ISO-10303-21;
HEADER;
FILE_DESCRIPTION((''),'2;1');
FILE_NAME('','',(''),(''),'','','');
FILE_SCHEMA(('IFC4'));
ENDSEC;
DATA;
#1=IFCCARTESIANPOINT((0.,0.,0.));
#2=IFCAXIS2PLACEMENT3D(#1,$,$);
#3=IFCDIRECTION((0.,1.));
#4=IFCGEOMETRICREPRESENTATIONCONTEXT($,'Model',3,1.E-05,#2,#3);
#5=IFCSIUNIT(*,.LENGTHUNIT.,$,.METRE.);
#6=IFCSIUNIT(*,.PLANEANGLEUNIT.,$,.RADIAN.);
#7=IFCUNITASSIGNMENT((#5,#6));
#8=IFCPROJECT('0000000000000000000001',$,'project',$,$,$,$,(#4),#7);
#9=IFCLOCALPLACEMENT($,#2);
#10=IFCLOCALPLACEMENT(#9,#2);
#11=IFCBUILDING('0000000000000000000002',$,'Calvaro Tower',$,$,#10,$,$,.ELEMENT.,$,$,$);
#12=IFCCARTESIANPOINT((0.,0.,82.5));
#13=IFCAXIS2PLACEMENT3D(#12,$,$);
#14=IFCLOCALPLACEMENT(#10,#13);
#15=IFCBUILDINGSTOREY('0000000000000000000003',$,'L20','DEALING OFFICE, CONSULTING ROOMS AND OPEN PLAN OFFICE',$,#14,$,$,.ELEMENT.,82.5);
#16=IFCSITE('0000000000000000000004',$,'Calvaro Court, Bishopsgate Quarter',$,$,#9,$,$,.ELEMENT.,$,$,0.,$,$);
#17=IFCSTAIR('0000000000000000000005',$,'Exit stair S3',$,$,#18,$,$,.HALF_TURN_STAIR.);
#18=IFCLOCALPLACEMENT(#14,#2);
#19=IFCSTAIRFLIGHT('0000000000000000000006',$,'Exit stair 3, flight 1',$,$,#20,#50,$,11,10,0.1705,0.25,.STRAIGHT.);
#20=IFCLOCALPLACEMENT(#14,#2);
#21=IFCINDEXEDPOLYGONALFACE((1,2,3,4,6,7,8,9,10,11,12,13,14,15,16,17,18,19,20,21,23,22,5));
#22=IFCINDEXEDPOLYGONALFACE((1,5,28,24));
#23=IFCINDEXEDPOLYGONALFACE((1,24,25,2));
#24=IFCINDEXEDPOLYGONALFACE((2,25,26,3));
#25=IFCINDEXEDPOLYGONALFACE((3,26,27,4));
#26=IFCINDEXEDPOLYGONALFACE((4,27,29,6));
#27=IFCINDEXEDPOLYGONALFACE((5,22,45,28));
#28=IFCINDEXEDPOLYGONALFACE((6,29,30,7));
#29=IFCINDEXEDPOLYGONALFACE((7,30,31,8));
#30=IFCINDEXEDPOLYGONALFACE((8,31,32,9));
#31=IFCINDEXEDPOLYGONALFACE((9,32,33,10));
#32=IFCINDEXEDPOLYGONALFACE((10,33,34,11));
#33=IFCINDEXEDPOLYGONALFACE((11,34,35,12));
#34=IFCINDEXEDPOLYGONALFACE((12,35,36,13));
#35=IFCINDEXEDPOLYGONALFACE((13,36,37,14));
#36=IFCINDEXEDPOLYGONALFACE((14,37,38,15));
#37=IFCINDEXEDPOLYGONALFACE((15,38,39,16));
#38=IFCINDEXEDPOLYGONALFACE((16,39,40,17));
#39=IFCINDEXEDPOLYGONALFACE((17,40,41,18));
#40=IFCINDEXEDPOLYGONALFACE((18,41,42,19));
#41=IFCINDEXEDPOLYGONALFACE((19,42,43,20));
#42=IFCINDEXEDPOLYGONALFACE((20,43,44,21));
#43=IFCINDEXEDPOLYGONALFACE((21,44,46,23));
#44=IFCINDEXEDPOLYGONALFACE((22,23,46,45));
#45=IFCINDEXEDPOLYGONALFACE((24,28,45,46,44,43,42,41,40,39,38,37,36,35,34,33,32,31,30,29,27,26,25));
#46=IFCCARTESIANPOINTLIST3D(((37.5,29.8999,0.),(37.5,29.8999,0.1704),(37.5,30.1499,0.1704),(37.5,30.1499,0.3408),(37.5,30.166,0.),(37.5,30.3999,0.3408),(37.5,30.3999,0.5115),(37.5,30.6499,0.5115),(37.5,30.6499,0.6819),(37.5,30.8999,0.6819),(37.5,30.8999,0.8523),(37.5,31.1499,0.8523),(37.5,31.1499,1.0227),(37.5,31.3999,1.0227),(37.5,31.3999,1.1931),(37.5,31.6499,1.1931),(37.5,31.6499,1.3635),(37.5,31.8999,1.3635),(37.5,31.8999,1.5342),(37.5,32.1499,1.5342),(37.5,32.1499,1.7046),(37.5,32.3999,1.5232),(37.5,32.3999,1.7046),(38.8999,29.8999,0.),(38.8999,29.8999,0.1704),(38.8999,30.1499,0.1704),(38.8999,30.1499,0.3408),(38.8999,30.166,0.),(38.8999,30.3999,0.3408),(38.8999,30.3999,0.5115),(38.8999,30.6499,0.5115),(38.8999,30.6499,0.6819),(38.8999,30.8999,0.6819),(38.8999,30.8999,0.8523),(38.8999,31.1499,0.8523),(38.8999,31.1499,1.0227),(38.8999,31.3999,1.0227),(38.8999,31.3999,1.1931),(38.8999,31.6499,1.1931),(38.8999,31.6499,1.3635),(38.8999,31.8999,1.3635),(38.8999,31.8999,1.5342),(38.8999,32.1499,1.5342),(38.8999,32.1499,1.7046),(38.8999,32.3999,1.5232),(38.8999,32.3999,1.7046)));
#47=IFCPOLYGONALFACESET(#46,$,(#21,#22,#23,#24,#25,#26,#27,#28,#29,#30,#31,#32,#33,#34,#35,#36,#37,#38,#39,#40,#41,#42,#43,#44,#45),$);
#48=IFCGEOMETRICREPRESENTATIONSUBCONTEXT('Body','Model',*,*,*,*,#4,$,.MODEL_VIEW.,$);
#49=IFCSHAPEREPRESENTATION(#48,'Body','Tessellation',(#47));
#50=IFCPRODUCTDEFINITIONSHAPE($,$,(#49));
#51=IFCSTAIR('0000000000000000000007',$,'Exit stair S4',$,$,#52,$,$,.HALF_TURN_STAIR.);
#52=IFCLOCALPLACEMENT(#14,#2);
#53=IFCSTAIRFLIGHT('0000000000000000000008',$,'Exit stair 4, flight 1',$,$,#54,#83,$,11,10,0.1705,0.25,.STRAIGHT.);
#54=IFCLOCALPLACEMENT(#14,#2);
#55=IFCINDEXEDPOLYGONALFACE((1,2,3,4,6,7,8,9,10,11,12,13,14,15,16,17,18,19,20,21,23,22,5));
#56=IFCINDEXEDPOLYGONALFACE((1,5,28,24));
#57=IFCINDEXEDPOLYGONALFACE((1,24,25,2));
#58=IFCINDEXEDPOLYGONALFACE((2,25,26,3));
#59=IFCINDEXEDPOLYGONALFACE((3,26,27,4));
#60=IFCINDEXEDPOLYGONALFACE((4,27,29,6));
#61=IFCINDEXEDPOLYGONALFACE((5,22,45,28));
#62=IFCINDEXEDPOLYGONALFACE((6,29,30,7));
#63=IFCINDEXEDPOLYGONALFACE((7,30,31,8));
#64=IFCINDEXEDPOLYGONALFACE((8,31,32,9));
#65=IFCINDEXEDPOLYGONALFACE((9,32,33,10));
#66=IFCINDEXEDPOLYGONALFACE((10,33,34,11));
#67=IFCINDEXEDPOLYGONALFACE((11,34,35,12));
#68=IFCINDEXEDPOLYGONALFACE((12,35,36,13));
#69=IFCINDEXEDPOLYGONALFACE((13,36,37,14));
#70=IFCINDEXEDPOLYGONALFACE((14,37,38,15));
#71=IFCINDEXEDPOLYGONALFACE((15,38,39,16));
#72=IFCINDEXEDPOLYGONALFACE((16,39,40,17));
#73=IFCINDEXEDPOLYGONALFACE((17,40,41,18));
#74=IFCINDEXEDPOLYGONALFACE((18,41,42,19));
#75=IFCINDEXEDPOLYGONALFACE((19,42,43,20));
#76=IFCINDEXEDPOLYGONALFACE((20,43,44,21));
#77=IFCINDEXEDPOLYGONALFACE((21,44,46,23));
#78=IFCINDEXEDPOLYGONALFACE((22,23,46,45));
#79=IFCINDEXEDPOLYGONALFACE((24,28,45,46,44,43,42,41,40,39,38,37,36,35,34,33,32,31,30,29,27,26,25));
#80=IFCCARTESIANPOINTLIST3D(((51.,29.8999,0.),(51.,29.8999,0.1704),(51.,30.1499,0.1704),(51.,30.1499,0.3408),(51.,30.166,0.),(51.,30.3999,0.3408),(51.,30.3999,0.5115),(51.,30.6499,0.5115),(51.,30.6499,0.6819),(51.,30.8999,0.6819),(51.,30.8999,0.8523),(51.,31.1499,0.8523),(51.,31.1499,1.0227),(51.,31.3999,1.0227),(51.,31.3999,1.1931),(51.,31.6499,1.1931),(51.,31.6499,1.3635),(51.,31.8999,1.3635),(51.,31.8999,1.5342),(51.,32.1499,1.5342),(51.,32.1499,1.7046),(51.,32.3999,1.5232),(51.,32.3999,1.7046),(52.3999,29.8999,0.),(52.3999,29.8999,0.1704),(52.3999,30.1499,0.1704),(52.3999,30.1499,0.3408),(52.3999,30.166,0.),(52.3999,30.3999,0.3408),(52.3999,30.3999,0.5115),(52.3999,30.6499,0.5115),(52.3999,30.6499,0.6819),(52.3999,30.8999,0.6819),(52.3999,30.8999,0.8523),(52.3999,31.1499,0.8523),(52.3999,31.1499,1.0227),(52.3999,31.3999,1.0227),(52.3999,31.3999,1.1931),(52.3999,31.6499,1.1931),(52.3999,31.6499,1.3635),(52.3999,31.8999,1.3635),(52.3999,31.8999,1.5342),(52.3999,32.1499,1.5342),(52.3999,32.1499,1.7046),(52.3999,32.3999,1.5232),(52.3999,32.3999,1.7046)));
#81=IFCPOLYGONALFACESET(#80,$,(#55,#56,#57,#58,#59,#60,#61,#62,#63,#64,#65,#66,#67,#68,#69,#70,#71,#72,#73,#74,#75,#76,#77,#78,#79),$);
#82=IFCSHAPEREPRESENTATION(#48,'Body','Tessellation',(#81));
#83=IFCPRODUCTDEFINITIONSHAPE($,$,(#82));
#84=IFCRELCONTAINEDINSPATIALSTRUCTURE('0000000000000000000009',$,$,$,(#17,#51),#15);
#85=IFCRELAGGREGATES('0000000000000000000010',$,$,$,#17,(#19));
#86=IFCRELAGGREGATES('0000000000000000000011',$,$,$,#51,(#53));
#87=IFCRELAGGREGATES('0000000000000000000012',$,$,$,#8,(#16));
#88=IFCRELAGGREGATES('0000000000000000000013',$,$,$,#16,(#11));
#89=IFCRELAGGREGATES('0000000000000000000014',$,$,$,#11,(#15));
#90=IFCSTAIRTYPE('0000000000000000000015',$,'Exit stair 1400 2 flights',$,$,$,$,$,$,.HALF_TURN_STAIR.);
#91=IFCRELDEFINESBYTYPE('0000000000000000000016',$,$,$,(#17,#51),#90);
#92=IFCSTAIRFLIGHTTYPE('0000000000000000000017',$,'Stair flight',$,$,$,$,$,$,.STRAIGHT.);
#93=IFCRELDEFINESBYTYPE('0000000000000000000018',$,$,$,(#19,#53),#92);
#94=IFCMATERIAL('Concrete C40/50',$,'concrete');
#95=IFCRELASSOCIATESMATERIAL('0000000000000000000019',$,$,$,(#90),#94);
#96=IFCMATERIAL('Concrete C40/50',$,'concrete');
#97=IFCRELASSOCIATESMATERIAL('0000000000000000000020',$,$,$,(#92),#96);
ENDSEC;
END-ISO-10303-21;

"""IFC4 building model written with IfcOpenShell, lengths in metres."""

from ifc_helpers import new_model, si_unit, direction, frame, origin, place, context, subcontext, project, spatial, polyline, outline, extrude, material, type_object, element, aggregate, save


model = new_model("IFC4")

# Units and contexts
model_context = context("Model", 3, precision=1e-05, world=origin(), true_north=direction((0.0, 1.0)))
body_context = subcontext(model_context, "Body", "Model", "MODEL_VIEW")
ifc_project = project(units=[si_unit("LENGTHUNIT", "METRE"), si_unit("PLANEANGLEUNIT", "RADIAN")], contexts=[model_context])

# Site, building, storey
site_placement = place(None, origin())
site = spatial("IfcSite", under=ifc_project, at=site_placement, Name="Calvaro Court, Bishopsgate Quarter", CompositionType="ELEMENT", RefElevation=0.0)
building_placement = place(site_placement, origin())
building = spatial("IfcBuilding", under=site, at=building_placement, Name="Calvaro Tower", CompositionType="ELEMENT")
storey_placement = place(building_placement, frame((0.0, 0.0, 82.5)))
storey = spatial("IfcBuildingStorey", under=building, at=storey_placement, Name="L20", Description="DEALING OFFICE, CONSULTING ROOMS AND OPEN PLAN OFFICE", CompositionType="ELEMENT", Elevation=82.5)

# Stairs, stair flights
ifc_material_1 = material(Name="Concrete C40/50", Category="concrete")
stair_type = type_object("IfcStairType", Name="Exit stair 1400 2 flights", PredefinedType="HALF_TURN_STAIR", material=ifc_material_1)
stair_1_placement = place(storey_placement, origin())
stair_1 = element("IfcStair", 1, at=stair_1_placement, inside=storey, type_object=stair_type, Name="Exit stair S3", PredefinedType="HALF_TURN_STAIR")
ifc_material_2 = material(Name="Concrete C40/50", Category="concrete")
stair_flight_type = type_object("IfcStairFlightType", Name="Stair flight", PredefinedType="STRAIGHT", material=ifc_material_2)
stair_flight_1_placement = place(storey_placement, frame((38.2, 29.8999, 0.0), z_axis=(0.0, 0.0, 1.0), x_axis=(0.0, 1.0, 0.0)))
stair_flight_1 = element("IfcStairFlight", 2, at=stair_flight_1_placement, type_object=stair_flight_type, Name="Exit stair 3, flight 1", NumberOfRisers=11, NumberOfTreads=10, PredefinedType="STRAIGHT", RiserHeight=0.1705, TreadLength=0.25, context=body_context, shape_type="SweptSolid", body=[
    extrude(outline(polyline([(0.0, 0.0), (0.0, 0.1704), (0.25, 0.1704), (0.25, 0.3408), (0.5, 0.3408), (0.5, 0.5115), (0.75, 0.5115), (0.75, 0.6819), (1.0, 0.6819), (1.0, 0.8523), (1.25, 0.8523), (1.25, 1.0227), (1.5, 1.0227), (1.5, 1.1931), (1.75, 1.1931), (1.75, 1.3635), (2.0, 1.3635), (2.0, 1.5342), (2.25, 1.5342), (2.25, 1.7046), (2.5, 1.7046), (2.5, 1.875), (2.5, 1.5232), (0.2661, 0.0), (0.0, 0.0)])), frame((0.0, 0.7, 0.0), z_axis=(0.0, -1.0, 0.0), x_axis=(1.0, 0.0, 0.0)), (0.0, 0.0, 1.0), 1.3999),
])
stair_2_placement = place(storey_placement, origin())
stair_2 = element("IfcStair", 3, at=stair_2_placement, inside=storey, type_object=stair_type, Name="Exit stair S4", PredefinedType="HALF_TURN_STAIR")
stair_flight_2_placement = place(storey_placement, frame((51.7, 29.8999, 0.0), z_axis=(0.0, 0.0, 1.0), x_axis=(0.0, 1.0, 0.0)))
stair_flight_2 = element("IfcStairFlight", 4, at=stair_flight_2_placement, type_object=stair_flight_type, Name="Exit stair 4, flight 1", NumberOfRisers=11, NumberOfTreads=10, PredefinedType="STRAIGHT", RiserHeight=0.1705, TreadLength=0.25, context=body_context, shape_type="SweptSolid", body=[
    extrude(outline(polyline([(0.0, 0.0), (0.0, 0.1704), (0.25, 0.1704), (0.25, 0.3408), (0.5, 0.3408), (0.5, 0.5115), (0.75, 0.5115), (0.75, 0.6819), (1.0, 0.6819), (1.0, 0.8523), (1.25, 0.8523), (1.25, 1.0227), (1.5, 1.0227), (1.5, 1.1931), (1.75, 1.1931), (1.75, 1.3635), (2.0, 1.3635), (2.0, 1.5342), (2.25, 1.5342), (2.25, 1.7046), (2.5, 1.7046), (2.5, 1.875), (2.5, 1.5232), (0.2661, 0.0), (0.0, 0.0)])), frame((0.0, 0.7, 0.0), z_axis=(0.0, -1.0, 0.0), x_axis=(1.0, 0.0, 0.0)), (0.0, 0.0, 1.0), 1.3999),
])

aggregate(stair_1, [stair_flight_1])
aggregate(stair_2, [stair_flight_2])

save(model, "model.ifc")
